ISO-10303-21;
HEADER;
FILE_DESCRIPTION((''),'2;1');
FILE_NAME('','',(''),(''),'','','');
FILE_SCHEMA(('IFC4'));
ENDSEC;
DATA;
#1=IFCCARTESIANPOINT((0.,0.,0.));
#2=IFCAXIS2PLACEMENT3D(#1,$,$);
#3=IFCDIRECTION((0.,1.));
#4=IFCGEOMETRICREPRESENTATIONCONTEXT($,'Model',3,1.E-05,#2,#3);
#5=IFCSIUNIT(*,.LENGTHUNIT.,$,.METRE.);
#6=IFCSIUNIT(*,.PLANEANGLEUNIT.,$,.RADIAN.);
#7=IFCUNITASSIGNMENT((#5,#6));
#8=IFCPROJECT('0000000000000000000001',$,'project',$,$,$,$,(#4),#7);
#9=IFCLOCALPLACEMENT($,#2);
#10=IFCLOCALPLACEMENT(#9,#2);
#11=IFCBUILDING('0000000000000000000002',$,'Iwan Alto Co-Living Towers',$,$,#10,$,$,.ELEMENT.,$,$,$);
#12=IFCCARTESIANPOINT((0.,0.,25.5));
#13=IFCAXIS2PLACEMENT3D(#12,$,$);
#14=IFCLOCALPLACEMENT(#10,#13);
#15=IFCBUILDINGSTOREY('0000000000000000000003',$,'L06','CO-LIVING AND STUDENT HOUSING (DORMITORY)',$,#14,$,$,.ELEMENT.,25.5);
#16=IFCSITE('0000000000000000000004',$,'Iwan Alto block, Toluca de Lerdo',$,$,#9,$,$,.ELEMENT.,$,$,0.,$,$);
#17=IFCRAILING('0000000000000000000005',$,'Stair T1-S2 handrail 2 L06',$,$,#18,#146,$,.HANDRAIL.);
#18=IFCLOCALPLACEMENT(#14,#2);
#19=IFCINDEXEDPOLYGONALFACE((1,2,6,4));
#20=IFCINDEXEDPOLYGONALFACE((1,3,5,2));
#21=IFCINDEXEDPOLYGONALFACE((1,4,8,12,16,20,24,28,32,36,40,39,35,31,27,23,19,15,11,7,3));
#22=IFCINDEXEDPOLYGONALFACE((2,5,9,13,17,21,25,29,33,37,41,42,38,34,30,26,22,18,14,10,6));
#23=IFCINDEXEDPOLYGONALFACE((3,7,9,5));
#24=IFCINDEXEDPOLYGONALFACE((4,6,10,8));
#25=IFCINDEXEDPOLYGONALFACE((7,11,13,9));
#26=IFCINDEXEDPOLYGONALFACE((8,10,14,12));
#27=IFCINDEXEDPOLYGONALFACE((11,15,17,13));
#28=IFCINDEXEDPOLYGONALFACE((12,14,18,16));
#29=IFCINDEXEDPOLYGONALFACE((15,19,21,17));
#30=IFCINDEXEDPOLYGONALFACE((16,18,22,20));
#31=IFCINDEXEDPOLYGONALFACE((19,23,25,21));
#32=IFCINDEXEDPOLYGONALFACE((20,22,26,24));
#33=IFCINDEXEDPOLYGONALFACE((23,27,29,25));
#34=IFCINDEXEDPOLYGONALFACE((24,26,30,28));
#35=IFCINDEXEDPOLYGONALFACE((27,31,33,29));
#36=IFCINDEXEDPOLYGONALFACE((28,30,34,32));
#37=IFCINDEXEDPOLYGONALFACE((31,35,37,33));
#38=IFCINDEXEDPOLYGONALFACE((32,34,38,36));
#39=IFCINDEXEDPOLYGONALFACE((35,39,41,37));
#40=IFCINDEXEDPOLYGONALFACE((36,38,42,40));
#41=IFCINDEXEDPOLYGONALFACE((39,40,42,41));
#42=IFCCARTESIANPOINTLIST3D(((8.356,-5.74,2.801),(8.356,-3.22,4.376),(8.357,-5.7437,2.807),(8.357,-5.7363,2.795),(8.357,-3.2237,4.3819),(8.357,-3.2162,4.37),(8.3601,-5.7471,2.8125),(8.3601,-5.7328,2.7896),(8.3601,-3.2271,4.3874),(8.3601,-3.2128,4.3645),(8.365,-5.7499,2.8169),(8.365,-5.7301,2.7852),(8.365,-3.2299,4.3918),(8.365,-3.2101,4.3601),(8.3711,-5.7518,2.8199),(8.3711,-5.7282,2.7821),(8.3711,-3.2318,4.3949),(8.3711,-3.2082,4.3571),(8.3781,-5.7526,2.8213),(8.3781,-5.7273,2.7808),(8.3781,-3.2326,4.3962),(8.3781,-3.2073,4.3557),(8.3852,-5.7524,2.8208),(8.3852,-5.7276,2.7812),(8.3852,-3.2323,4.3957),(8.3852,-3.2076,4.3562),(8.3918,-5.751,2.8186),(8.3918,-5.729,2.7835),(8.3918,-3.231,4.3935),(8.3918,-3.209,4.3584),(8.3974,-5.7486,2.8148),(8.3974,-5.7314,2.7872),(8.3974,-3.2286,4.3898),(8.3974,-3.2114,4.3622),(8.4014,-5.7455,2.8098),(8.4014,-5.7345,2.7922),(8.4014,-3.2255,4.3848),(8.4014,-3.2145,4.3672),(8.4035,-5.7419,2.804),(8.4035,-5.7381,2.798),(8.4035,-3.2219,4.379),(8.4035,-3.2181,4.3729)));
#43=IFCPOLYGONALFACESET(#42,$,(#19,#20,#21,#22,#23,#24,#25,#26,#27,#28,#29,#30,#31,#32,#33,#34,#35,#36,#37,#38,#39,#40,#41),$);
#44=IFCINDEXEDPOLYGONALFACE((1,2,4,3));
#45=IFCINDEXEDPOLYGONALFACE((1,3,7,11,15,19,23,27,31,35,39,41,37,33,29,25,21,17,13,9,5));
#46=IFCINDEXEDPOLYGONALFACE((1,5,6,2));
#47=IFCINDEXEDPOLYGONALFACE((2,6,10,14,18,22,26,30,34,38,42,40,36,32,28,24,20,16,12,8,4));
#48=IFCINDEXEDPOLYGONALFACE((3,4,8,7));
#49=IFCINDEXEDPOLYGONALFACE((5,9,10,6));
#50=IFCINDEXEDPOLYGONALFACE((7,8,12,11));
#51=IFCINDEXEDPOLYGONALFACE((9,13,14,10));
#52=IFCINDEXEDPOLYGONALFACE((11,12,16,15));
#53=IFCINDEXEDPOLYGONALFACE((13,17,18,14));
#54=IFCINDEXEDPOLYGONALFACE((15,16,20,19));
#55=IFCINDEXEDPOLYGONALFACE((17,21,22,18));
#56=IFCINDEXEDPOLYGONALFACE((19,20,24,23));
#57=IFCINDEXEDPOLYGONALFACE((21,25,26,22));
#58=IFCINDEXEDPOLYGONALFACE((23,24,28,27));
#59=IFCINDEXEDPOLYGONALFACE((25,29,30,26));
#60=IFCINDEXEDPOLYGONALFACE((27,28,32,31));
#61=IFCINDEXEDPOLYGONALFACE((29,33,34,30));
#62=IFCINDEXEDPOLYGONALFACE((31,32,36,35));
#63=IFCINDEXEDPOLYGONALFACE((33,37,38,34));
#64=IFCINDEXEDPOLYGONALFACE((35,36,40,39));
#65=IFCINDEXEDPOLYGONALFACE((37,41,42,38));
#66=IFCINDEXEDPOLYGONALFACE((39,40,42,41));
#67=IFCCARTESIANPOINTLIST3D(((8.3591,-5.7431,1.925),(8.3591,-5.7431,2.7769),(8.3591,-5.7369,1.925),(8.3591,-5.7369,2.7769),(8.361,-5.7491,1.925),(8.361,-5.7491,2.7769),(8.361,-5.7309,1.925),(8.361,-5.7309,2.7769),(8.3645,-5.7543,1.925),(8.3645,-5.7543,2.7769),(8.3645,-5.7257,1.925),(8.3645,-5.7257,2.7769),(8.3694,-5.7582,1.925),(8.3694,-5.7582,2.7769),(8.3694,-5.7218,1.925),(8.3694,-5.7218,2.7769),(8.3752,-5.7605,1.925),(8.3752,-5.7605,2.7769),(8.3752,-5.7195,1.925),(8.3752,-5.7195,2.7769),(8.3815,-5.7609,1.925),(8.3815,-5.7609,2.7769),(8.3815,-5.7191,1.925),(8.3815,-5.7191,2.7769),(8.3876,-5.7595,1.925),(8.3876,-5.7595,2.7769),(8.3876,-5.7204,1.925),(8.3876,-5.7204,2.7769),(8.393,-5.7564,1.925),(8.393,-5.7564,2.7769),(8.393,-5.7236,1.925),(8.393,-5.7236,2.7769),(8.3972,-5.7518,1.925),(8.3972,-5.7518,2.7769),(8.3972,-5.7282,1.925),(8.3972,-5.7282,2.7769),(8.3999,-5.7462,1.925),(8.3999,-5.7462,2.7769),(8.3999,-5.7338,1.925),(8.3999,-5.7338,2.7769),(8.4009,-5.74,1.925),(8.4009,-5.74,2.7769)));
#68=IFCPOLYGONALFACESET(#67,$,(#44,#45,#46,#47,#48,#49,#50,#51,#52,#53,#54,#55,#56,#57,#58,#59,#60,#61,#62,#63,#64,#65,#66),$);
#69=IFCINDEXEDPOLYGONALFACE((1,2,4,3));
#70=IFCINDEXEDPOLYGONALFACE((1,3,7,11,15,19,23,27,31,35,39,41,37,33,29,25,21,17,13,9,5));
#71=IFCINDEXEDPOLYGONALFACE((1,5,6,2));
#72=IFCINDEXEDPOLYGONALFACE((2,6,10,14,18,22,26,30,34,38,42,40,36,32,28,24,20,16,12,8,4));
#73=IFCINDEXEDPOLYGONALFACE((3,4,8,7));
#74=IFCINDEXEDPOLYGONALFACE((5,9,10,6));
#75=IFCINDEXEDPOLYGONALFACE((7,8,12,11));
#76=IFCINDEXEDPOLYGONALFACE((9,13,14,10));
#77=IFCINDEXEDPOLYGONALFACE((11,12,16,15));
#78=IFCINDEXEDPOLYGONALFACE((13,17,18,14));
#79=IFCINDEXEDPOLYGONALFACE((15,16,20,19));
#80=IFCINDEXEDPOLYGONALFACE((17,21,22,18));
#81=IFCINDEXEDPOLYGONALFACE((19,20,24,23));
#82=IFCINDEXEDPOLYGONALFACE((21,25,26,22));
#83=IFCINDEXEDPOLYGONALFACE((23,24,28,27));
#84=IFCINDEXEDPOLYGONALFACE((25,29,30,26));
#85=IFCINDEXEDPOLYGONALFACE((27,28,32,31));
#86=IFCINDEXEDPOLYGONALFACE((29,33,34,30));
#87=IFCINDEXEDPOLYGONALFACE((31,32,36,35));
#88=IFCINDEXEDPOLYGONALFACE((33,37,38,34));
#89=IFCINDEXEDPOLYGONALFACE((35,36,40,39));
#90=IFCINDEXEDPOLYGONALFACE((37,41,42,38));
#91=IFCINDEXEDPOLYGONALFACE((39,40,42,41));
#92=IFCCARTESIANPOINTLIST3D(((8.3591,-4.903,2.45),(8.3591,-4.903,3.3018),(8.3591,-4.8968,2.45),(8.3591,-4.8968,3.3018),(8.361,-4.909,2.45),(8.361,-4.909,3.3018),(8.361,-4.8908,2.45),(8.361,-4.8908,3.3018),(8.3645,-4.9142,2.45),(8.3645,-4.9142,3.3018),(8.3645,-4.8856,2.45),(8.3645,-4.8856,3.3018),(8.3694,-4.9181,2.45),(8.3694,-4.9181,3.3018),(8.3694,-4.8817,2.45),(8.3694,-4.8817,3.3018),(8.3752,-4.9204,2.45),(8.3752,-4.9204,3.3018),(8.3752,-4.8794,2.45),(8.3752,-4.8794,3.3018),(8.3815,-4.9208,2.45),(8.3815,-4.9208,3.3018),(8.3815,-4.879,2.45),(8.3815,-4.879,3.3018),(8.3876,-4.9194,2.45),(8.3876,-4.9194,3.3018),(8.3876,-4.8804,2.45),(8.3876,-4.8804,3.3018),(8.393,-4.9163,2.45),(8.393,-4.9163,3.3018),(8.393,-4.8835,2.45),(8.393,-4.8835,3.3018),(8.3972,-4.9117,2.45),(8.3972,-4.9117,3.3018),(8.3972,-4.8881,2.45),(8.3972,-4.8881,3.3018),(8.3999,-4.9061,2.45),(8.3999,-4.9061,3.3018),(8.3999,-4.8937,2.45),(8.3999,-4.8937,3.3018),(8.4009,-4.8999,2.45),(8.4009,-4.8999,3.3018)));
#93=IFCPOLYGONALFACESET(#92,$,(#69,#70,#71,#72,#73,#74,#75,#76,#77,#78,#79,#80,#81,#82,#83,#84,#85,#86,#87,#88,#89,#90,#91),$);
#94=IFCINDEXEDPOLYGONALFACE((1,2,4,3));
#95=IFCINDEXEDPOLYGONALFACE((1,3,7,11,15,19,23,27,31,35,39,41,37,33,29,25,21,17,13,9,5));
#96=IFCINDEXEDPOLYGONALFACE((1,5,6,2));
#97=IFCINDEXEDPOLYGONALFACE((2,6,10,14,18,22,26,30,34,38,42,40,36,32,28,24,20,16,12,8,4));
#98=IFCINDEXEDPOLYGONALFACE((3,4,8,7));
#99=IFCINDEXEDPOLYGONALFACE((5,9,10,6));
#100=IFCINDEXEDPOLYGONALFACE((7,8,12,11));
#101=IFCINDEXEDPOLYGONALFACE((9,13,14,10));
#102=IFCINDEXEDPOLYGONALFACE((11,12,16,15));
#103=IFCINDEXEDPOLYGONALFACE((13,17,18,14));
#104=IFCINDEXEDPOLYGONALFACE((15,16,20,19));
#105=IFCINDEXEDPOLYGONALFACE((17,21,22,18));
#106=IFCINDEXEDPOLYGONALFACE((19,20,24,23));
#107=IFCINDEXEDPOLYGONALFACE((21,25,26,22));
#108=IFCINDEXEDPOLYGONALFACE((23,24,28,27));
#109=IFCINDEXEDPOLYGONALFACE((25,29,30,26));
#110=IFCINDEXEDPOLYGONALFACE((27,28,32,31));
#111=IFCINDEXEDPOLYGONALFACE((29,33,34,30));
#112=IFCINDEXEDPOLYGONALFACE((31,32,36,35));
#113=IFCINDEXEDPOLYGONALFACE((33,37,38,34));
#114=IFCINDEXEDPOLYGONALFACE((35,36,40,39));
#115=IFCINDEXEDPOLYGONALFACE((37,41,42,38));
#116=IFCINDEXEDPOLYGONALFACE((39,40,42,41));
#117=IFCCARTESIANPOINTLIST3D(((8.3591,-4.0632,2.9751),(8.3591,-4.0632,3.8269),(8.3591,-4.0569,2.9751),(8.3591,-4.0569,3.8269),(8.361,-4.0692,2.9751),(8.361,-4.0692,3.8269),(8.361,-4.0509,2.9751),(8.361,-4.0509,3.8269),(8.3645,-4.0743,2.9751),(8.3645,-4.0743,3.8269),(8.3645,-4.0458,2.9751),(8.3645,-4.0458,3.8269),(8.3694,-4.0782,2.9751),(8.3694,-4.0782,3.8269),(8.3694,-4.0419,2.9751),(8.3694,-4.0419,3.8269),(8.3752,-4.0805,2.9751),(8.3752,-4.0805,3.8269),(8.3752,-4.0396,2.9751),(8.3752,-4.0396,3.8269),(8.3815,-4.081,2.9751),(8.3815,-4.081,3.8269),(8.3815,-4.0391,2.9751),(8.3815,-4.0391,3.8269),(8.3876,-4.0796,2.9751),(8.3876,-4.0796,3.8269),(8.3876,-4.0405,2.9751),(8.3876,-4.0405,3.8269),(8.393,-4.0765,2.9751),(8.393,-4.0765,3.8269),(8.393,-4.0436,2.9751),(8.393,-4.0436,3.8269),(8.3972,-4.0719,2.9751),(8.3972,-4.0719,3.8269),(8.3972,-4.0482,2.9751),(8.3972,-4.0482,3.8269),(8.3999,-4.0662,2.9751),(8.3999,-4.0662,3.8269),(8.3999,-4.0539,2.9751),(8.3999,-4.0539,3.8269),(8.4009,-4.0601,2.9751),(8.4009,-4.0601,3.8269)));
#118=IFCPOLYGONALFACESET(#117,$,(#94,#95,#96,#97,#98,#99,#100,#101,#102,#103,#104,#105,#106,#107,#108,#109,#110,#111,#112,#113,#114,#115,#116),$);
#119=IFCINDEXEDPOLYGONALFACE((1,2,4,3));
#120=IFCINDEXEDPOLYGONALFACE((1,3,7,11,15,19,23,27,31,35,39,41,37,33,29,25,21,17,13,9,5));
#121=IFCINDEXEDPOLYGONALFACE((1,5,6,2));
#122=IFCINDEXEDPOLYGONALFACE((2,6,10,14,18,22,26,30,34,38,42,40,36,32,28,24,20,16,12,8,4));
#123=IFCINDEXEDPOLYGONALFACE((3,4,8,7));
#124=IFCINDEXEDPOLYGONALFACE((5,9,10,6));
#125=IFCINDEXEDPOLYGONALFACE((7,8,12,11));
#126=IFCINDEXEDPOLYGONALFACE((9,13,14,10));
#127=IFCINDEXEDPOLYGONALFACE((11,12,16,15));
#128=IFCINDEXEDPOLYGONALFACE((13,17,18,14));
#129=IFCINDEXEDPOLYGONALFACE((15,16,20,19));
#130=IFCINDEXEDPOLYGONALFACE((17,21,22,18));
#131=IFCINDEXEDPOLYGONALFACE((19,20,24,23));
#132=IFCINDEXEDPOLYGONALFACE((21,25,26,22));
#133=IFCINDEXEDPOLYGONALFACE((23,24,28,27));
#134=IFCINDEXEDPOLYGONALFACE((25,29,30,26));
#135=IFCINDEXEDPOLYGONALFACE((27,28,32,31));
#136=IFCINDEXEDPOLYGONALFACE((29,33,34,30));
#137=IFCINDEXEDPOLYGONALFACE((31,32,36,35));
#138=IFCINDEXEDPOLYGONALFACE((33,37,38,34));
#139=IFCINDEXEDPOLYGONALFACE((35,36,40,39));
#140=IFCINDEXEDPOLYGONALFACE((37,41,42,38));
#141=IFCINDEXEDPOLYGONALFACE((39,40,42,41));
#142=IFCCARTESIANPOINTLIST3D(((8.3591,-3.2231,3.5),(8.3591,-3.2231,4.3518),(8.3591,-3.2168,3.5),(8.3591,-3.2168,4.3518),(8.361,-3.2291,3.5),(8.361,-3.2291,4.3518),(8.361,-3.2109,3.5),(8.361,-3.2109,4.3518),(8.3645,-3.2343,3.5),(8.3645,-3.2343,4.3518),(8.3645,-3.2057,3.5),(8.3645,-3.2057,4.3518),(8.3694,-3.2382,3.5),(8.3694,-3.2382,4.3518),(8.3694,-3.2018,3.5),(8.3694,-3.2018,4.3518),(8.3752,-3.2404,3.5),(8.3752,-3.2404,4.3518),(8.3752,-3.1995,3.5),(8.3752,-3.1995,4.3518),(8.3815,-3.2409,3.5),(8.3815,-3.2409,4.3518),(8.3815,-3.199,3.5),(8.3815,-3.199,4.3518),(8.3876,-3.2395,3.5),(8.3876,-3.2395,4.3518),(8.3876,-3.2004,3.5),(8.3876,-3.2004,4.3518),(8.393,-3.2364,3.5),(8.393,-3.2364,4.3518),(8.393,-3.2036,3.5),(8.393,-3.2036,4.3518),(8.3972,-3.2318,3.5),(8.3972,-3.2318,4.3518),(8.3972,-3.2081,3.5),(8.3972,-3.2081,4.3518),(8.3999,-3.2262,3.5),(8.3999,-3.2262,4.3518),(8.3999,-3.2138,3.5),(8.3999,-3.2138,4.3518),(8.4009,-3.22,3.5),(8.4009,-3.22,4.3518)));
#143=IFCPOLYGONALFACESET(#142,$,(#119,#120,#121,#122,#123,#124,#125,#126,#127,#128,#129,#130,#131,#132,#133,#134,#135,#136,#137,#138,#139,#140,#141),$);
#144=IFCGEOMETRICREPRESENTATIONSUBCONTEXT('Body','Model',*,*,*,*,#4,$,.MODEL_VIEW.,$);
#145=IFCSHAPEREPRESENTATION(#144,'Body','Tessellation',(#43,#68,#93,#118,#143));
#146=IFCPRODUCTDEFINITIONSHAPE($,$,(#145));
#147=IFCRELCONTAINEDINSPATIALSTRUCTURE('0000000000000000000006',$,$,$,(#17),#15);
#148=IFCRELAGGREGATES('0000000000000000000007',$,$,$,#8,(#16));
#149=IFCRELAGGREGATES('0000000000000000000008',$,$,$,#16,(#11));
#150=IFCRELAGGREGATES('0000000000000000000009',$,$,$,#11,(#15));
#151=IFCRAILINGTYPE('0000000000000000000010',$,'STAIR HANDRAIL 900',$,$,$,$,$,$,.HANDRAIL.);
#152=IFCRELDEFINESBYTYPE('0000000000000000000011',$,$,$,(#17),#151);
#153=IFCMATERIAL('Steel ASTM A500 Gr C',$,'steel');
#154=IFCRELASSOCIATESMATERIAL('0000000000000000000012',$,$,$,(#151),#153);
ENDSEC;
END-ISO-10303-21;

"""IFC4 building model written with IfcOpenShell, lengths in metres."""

from ifc_helpers import new_model, si_unit, direction, frame, origin, origin_2d, place, context, subcontext, project, spatial, circle, extrude, material, type_object, element, save


model = new_model("IFC4")

# Units and contexts
model_context = context("Model", 3, precision=1e-05, world=origin(), true_north=direction((0.0, 1.0)))
body_context = subcontext(model_context, "Body", "Model", "MODEL_VIEW")
ifc_project = project(units=[si_unit("LENGTHUNIT", "METRE"), si_unit("PLANEANGLEUNIT", "RADIAN")], contexts=[model_context])

# Site, building, storey
site_placement = place(None, origin())
site = spatial("IfcSite", under=ifc_project, at=site_placement, Name="Iwan Alto block, Toluca de Lerdo", CompositionType="ELEMENT", RefElevation=0.0)
building_placement = place(site_placement, origin())
building = spatial("IfcBuilding", under=site, at=building_placement, Name="Iwan Alto Co-Living Towers", CompositionType="ELEMENT")
storey_placement = place(building_placement, frame((0.0, 0.0, 25.5)))
storey = spatial("IfcBuildingStorey", under=building, at=storey_placement, Name="L06", Description="CO-LIVING AND STUDENT HOUSING (DORMITORY)", CompositionType="ELEMENT", Elevation=25.5)

# Railing
ifc_material_1 = material(Name="Steel ASTM A500 Gr C", Category="steel")
railing_type_1 = type_object("IfcRailingType", Name="STAIR HANDRAIL 900", PredefinedType="HANDRAIL", material=ifc_material_1)
railing_1_placement = place(storey_placement, frame((8.3799, -5.74, 1.925)))
element("IfcRailing", 1, at=railing_1_placement, inside=storey, type_object=railing_type_1, Name="Stair T1-S2 handrail 2 L06", PredefinedType="HANDRAIL", context=body_context, shape_type="SweptSolid", body=[
    extrude(circle(Radius=0.0239, at=origin_2d()), frame((0.0, 0.0, 0.876), z_axis=(0.0, 0.848008, 0.529984), x_axis=(-1.0, 0.0, 0.0)), (0.0, 0.0, 1.0), 2.9717),
    extrude(circle(Radius=0.021, at=origin_2d()), origin(), (0.0, 0.0, 1.0), 0.8518),
    extrude(circle(Radius=0.021, at=origin_2d()), frame((0.0, 0.8401, 0.5249)), (0.0, 0.0, 1.0), 0.8518),
    extrude(circle(Radius=0.021, at=origin_2d()), frame((0.0, 1.6799, 1.05)), (0.0, 0.0, 1.0), 0.8518),
    extrude(circle(Radius=0.021, at=origin_2d()), frame((0.0, 2.52, 1.575)), (0.0, 0.0, 1.0), 0.8518),
])

save(model, "model.ifc")
